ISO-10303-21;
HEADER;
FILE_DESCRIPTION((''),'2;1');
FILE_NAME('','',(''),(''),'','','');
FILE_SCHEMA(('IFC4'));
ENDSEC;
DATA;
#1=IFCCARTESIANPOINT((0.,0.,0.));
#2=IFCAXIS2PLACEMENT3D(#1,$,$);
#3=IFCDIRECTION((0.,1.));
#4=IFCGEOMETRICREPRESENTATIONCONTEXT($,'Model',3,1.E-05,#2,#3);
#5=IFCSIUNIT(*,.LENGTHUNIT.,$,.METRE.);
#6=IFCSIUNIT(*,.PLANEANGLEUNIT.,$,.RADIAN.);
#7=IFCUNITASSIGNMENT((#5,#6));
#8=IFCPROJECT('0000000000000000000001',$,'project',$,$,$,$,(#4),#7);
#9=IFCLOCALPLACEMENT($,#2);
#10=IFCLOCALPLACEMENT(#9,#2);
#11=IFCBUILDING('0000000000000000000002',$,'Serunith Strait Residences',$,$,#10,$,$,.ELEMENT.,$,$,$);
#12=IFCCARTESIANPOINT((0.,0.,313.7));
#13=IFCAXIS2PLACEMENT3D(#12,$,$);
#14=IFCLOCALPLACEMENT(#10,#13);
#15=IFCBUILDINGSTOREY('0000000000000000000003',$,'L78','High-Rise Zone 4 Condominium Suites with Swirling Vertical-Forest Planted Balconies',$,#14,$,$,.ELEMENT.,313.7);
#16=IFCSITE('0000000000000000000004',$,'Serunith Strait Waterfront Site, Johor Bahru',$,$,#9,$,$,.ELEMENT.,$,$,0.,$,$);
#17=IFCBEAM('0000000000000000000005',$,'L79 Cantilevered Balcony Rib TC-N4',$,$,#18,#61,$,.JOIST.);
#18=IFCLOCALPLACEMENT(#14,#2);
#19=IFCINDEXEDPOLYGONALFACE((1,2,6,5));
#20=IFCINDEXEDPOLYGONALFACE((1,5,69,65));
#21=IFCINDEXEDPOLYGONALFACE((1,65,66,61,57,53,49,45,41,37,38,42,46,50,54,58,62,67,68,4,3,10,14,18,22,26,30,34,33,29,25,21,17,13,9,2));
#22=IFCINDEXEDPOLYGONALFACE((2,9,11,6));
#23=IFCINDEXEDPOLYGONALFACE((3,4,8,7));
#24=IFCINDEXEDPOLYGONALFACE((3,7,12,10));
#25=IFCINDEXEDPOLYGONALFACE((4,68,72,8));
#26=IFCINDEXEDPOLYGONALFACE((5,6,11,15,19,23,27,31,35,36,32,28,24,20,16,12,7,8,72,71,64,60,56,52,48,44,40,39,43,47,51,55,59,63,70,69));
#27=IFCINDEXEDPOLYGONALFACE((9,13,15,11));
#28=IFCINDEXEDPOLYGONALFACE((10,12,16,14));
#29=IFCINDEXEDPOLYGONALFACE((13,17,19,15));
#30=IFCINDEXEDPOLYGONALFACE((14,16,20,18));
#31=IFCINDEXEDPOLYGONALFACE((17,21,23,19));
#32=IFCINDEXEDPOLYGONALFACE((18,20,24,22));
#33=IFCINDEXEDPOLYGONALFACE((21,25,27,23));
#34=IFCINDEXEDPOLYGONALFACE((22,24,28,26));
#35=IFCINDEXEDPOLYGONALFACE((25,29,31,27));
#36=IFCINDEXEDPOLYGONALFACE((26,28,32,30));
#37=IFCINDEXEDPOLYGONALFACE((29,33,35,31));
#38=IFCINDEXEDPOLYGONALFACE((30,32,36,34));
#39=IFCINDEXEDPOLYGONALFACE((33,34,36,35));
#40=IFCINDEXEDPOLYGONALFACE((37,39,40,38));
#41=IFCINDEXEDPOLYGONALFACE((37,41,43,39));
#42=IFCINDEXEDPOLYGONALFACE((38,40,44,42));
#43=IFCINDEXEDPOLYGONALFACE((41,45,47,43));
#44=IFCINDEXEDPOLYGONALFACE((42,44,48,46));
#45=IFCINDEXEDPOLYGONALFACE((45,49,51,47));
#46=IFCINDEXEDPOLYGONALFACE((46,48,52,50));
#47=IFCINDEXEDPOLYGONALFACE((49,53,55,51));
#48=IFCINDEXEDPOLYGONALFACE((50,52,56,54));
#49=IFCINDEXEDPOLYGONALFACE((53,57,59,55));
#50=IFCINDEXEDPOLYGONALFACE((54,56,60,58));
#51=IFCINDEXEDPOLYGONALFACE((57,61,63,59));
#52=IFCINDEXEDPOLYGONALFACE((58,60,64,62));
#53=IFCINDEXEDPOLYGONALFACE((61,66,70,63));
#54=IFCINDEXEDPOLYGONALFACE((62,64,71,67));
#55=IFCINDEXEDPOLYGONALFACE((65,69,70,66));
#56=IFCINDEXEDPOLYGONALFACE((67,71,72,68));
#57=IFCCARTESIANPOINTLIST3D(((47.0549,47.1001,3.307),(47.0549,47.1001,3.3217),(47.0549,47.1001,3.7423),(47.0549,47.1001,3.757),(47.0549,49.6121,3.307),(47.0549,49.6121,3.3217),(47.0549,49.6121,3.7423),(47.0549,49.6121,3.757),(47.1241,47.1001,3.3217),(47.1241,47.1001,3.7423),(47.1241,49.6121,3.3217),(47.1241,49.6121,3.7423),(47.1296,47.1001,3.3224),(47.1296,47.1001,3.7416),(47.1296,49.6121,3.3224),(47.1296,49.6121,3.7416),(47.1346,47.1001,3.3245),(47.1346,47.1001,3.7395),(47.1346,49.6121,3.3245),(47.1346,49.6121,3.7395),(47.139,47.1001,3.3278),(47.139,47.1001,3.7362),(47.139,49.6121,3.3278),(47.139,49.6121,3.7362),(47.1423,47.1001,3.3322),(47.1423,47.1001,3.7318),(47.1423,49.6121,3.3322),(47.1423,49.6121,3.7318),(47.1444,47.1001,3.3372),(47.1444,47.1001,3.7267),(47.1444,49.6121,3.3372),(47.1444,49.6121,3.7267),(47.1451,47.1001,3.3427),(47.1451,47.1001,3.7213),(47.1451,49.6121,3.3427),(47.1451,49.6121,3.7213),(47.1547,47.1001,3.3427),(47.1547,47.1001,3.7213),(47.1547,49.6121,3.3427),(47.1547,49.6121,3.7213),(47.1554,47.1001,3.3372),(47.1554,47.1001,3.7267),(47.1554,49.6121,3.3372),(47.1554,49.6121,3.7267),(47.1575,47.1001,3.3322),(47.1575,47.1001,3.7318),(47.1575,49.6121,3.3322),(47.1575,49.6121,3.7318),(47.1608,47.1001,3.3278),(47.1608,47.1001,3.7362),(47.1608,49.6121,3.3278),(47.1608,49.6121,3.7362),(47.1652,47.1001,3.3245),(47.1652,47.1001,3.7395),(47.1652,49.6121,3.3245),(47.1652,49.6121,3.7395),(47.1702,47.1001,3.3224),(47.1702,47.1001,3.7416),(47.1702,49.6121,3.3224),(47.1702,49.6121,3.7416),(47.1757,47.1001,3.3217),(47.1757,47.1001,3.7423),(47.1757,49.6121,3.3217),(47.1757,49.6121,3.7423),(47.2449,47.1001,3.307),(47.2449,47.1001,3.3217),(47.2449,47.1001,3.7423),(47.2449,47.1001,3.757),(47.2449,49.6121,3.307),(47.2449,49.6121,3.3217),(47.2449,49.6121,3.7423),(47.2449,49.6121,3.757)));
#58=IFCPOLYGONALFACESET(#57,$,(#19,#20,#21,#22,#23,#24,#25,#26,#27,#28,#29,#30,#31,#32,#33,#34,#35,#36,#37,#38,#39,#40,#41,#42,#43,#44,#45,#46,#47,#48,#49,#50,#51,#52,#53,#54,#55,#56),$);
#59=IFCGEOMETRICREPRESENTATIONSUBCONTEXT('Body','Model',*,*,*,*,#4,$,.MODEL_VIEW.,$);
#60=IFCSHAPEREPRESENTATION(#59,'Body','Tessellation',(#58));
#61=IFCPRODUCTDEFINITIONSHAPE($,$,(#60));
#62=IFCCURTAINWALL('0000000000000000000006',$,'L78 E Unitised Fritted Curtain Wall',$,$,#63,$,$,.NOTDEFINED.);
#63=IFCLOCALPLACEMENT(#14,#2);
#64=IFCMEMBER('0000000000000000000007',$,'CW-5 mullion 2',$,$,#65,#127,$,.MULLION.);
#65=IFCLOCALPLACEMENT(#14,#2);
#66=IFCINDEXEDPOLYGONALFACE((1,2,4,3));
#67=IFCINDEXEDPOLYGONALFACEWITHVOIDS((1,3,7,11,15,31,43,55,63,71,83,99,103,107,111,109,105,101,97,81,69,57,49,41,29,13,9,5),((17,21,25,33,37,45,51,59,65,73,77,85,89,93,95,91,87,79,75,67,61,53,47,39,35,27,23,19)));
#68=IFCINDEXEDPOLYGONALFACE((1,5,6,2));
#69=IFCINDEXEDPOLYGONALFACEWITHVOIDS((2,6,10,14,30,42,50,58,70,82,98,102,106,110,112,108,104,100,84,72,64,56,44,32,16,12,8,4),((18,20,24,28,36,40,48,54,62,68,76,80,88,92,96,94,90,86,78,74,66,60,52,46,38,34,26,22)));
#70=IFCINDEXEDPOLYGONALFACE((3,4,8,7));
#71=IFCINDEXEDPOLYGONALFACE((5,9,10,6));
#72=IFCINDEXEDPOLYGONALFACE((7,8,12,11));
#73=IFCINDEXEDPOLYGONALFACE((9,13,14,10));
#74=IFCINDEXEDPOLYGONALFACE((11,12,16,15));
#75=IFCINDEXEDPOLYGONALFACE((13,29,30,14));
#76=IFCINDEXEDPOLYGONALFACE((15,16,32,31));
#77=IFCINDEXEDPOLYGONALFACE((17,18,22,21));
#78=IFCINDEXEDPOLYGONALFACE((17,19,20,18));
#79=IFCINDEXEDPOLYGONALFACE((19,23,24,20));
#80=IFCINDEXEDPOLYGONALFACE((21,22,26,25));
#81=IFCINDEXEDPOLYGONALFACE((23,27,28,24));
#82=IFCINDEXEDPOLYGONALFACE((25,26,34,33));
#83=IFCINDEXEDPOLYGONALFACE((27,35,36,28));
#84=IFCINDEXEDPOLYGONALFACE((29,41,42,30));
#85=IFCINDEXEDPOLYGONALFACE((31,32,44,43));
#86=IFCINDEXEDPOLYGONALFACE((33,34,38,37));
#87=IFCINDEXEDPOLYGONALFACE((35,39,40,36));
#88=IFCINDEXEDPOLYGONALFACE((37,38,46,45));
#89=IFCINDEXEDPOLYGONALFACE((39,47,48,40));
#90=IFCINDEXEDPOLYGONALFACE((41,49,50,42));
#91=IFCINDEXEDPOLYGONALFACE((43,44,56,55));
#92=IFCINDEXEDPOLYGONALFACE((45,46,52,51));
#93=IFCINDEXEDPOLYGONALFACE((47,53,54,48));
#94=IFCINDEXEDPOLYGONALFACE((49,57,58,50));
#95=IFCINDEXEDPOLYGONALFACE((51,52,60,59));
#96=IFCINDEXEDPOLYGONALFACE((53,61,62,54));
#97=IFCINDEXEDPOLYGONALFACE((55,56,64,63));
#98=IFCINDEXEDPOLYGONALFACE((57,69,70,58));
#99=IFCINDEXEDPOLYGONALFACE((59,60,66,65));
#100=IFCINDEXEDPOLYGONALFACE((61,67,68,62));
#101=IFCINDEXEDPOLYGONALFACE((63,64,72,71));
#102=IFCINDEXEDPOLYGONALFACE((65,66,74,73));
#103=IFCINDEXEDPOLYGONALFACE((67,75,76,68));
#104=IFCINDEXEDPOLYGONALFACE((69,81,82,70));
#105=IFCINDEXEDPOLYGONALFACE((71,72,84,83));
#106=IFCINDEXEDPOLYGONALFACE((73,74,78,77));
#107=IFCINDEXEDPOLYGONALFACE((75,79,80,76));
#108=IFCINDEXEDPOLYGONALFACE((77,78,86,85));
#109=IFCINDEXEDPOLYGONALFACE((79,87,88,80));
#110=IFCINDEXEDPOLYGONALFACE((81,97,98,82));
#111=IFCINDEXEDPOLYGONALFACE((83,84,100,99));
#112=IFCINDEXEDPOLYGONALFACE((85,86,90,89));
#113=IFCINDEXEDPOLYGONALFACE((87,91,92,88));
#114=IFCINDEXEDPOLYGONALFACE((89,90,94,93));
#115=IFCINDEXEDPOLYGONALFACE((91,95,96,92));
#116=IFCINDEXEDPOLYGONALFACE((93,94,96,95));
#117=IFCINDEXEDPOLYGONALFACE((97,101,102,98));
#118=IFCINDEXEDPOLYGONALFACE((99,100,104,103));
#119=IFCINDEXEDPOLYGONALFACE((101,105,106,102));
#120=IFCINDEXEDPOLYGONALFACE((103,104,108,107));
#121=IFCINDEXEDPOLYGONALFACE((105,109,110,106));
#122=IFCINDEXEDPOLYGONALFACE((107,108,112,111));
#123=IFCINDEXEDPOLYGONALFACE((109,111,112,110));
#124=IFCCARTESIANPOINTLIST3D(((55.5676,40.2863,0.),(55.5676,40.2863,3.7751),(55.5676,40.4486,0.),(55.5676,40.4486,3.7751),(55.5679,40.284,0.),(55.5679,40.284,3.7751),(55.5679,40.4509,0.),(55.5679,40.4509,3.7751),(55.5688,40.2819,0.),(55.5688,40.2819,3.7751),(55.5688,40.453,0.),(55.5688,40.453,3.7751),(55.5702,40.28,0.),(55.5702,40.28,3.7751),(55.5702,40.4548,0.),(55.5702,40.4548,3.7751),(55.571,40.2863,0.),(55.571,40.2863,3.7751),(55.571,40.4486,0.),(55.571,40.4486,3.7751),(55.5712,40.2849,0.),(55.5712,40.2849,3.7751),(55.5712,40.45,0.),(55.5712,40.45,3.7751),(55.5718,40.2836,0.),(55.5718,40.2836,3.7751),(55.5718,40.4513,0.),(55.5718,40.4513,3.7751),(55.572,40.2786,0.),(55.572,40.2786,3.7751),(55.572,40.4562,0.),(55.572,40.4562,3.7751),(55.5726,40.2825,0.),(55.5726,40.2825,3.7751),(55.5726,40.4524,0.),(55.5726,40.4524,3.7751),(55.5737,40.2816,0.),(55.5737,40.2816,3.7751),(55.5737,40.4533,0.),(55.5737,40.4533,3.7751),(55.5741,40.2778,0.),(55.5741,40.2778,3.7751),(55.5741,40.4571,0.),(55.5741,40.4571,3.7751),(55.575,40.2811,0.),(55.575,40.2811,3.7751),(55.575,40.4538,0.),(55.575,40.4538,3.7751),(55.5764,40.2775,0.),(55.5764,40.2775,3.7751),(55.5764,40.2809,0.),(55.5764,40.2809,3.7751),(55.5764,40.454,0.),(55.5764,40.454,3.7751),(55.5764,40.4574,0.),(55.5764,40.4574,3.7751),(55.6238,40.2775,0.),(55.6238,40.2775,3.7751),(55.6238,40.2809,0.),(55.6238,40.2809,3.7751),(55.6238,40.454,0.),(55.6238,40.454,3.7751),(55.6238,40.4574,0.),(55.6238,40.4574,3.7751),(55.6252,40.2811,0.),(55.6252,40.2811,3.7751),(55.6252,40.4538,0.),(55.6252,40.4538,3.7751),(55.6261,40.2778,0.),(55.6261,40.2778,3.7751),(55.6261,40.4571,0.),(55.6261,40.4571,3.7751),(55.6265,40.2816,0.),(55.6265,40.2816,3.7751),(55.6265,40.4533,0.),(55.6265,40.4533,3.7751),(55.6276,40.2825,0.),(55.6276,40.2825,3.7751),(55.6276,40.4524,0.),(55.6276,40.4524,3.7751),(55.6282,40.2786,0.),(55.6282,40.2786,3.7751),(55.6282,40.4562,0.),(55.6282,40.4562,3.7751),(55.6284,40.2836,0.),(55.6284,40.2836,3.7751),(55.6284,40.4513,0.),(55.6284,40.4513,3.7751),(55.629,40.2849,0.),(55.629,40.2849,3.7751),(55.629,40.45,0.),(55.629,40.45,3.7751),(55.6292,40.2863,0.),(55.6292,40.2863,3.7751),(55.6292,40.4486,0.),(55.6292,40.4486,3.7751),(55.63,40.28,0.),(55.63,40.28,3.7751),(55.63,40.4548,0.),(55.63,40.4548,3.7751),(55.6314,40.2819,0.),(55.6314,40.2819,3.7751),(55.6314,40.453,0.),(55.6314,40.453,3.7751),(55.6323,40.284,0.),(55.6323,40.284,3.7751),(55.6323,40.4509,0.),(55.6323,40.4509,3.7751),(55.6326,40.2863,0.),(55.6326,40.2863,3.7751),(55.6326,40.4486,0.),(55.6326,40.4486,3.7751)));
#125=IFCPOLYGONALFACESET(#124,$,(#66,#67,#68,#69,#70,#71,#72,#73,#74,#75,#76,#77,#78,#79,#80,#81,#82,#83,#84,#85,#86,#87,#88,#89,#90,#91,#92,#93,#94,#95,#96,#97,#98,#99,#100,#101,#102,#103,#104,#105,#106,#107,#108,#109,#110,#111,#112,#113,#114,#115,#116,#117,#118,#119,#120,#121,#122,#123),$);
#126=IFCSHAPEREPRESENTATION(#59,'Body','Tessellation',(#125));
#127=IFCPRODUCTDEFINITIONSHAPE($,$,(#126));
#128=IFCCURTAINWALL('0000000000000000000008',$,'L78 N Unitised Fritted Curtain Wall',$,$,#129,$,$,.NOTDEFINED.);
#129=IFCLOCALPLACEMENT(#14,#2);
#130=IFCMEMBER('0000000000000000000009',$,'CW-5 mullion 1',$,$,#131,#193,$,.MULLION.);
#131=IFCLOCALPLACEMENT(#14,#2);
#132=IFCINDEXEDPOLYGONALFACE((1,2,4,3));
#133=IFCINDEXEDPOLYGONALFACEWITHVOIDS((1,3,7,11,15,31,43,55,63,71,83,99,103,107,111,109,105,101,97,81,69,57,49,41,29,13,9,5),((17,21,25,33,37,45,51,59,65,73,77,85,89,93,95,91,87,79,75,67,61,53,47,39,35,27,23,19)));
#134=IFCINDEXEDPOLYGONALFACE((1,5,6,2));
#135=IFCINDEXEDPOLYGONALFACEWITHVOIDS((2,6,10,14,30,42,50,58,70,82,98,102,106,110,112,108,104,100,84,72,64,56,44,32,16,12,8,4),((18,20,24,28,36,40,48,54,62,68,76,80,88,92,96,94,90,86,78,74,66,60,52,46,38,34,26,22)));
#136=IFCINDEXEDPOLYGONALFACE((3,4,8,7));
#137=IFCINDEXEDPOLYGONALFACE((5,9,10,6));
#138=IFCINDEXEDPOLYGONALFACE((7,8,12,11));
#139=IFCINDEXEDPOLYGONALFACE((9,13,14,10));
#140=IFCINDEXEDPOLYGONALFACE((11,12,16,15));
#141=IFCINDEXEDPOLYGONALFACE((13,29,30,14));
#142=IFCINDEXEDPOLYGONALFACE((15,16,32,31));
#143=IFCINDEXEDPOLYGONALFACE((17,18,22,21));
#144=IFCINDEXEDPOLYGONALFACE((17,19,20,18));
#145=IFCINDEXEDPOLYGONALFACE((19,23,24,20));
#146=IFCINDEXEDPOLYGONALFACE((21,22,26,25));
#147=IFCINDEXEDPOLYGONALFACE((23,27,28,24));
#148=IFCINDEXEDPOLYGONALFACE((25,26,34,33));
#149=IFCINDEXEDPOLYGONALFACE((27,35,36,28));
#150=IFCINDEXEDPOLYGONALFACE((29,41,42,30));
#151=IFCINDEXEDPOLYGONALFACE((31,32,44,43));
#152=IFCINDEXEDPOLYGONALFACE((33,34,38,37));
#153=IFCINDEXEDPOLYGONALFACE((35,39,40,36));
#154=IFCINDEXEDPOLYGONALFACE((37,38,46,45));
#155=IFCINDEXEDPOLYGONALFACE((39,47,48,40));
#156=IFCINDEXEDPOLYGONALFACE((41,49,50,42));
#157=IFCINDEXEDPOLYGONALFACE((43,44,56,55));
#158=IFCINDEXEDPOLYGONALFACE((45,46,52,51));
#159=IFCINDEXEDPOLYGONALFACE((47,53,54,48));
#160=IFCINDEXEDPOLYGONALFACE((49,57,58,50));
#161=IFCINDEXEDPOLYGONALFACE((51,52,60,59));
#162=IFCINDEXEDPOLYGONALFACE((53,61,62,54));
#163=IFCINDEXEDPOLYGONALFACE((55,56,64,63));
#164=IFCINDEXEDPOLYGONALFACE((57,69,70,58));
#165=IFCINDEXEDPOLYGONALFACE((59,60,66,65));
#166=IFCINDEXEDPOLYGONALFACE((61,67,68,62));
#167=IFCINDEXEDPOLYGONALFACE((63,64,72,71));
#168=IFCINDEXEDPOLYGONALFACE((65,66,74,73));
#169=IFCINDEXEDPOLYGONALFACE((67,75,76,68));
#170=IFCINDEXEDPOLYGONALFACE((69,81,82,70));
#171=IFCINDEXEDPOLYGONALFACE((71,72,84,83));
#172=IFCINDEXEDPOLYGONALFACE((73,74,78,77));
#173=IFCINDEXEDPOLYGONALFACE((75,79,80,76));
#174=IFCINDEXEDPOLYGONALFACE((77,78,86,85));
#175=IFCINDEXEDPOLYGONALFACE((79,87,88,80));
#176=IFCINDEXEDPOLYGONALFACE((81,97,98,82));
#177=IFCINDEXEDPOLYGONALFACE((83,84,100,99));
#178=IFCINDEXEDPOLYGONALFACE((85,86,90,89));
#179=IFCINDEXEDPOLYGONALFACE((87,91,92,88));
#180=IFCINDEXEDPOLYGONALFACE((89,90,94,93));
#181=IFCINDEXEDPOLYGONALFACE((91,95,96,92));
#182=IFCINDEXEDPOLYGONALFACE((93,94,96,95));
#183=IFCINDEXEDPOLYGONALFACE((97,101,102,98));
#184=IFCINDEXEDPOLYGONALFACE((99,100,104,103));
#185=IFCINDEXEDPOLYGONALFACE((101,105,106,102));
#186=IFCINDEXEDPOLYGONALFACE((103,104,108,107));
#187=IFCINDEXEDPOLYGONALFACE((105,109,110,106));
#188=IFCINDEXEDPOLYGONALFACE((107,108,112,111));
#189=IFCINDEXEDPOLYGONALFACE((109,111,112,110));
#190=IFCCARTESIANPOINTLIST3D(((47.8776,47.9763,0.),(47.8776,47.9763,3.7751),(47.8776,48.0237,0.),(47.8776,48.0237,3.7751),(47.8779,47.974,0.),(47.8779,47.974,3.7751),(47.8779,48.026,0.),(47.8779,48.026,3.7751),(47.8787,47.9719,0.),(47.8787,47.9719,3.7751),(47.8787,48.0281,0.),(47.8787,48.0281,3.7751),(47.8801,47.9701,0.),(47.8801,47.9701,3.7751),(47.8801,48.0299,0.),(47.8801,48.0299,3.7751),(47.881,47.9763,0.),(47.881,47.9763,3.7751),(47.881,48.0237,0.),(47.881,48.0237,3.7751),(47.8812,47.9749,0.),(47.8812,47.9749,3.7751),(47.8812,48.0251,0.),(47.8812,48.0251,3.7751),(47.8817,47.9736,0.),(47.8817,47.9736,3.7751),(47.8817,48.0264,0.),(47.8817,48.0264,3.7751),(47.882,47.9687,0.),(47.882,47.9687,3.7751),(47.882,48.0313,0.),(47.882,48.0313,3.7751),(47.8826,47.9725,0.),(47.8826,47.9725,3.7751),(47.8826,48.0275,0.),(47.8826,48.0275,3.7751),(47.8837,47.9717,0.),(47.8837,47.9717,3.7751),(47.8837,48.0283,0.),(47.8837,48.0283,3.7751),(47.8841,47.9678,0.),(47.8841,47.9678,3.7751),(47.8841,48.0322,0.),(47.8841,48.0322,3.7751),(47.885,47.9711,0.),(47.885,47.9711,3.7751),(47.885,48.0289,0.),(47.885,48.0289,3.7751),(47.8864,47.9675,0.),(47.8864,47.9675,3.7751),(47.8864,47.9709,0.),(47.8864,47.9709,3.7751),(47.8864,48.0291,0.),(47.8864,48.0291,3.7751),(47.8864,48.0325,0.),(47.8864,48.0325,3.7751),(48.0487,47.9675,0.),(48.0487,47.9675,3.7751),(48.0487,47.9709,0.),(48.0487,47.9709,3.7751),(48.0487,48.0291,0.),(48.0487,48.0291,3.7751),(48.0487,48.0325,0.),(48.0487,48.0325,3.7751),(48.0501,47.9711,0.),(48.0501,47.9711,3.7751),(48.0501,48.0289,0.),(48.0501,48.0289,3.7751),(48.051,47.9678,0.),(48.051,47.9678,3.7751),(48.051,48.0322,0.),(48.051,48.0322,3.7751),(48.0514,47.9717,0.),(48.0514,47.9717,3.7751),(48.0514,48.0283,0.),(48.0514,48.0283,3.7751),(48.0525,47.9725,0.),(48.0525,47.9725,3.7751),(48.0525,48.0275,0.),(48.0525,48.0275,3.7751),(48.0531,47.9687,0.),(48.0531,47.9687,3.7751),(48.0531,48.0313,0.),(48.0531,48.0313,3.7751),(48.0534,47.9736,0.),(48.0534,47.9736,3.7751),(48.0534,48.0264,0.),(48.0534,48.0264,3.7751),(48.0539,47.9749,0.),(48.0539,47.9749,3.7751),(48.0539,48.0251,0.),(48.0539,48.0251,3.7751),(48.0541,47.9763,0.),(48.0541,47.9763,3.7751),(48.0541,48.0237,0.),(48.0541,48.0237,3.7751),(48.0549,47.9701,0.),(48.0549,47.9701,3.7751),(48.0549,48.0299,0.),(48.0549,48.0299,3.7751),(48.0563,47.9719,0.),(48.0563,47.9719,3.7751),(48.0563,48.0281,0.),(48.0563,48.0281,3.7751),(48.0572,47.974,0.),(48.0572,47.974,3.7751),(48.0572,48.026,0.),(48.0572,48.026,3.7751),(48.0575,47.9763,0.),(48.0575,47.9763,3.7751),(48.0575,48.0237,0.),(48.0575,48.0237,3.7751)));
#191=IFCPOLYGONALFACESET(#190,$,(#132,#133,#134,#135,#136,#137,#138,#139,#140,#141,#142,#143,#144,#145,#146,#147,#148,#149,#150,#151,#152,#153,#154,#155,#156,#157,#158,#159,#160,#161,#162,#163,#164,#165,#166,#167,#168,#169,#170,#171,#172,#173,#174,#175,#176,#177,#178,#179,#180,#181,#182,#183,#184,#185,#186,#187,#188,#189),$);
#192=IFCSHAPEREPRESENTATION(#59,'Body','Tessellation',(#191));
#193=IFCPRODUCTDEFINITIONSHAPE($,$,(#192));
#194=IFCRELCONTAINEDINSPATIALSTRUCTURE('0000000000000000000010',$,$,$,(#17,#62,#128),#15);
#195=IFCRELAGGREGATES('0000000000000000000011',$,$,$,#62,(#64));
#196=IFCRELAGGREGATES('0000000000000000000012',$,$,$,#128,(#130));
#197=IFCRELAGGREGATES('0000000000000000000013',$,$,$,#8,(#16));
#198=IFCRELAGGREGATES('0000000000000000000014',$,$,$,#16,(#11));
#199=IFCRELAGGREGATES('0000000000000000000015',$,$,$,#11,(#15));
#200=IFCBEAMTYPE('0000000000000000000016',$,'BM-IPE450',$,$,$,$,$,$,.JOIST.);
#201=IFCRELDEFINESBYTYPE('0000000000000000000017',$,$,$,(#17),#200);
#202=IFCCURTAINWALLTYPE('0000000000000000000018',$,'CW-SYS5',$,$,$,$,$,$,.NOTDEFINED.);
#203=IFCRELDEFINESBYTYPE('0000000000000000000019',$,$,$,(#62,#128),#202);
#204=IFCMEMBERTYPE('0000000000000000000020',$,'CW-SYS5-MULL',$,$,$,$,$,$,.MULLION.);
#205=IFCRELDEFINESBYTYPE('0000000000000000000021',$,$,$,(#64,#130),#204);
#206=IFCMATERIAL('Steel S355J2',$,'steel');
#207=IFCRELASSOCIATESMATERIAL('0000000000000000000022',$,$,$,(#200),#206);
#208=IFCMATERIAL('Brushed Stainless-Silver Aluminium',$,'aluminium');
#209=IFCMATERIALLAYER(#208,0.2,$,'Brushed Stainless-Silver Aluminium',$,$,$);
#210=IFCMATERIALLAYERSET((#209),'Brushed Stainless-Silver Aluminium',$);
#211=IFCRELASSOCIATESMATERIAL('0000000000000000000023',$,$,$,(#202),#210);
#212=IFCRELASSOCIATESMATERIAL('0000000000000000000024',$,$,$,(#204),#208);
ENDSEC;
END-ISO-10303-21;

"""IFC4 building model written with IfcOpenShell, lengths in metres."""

from ifc_helpers import new_model, si_unit, direction, frame, origin, origin_2d, place, context, subcontext, project, spatial, hollow_rectangle, i_section, extrude, source, transform, mapped, material, layer, layer_set, material_profile, profile_set, type_object, element, aggregate, save


model = new_model("IFC4")

# Units and contexts
model_context = context("Model", 3, precision=1e-05, world=origin(), true_north=direction((0.0, 1.0)))
body_context = subcontext(model_context, "Body", "Model", "MODEL_VIEW")
ifc_project = project(units=[si_unit("LENGTHUNIT", "METRE"), si_unit("PLANEANGLEUNIT", "RADIAN")], contexts=[model_context])

# Site, building, storey
site_placement = place(None, origin())
site = spatial("IfcSite", under=ifc_project, at=site_placement, Name="Serunith Strait Waterfront Site, Johor Bahru", CompositionType="ELEMENT", RefElevation=0.0)
building_placement = place(site_placement, origin())
building = spatial("IfcBuilding", under=site, at=building_placement, Name="Serunith Strait Residences", CompositionType="ELEMENT")
storey_placement = place(building_placement, frame((0.0, 0.0, 313.7)))
storey = spatial("IfcBuildingStorey", under=building, at=storey_placement, Name="L78", Description="High-Rise Zone 4 Condominium Suites with Swirling Vertical-Forest Planted Balconies", CompositionType="ELEMENT", Elevation=313.7)

# Beam
ifc_material_1 = material(Name="Steel S355J2", Category="steel")
ifc_material_profile_1 = material_profile(ifc_material_1, i_section(OverallWidth=0.1899, OverallDepth=0.45, WebThickness=0.0095, FlangeThickness=0.0146, FilletRadius=0.021, at=origin_2d()), Name="IPE 450")
ifc_profile_set_1 = profile_set([ifc_material_profile_1], Name="Steel S355J2")
beam_type_1 = type_object("IfcBeamType", Name="BM-IPE450", PredefinedType="JOIST", material=ifc_profile_set_1)
shared_shape_1 = source(origin(), body_context, "Body", "SweptSolid", [
    extrude(i_section(OverallWidth=0.1899, OverallDepth=0.45, WebThickness=0.0095, FlangeThickness=0.0146, FilletRadius=0.021, at=origin_2d()), origin(), (0.0, 0.0, 1.0), 2.512),
])
beam_1_placement = place(storey_placement, frame((47.1499, 47.1001, 3.532), z_axis=(0.0, 1.0, 0.0), x_axis=(-1.0, 0.0, 0.0)))
element("IfcBeam", 1, at=beam_1_placement, inside=storey, type_object=beam_type_1, Name="L79 Cantilevered Balcony Rib TC-N4", PredefinedType="JOIST", context=body_context, shape_type="MappedRepresentation", body=[
    mapped(shared_shape_1, transform((0.0, 0.0, 0.0), scale=1.0)),
])

# Curtain wall, member
ifc_material_2 = material(Name="Brushed Stainless-Silver Aluminium", Category="aluminium")
ifc_layer_1 = layer(ifc_material_2, 0.2, Name="Brushed Stainless-Silver Aluminium")
ifc_layer_set_1 = layer_set([ifc_layer_1], Name="Brushed Stainless-Silver Aluminium")
curtain_wall_type = type_object("IfcCurtainWallType", Name="CW-SYS5", PredefinedType="NOTDEFINED", material=ifc_layer_set_1)
curtain_wall_1_placement = place(storey_placement, origin())
curtain_wall_1 = element("IfcCurtainWall", 2, at=curtain_wall_1_placement, inside=storey, type_object=curtain_wall_type, Name="L78 E Unitised Fritted Curtain Wall", PredefinedType="NOTDEFINED")
ifc_material_profile_2 = material_profile(ifc_material_2, hollow_rectangle(XDim=0.0649, YDim=0.1799, WallThickness=0.0034, InnerFilletRadius=0.0054, OuterFilletRadius=0.0088, at=origin_2d()), Name="ALU 180x65x3.5")
ifc_profile_set_2 = profile_set([ifc_material_profile_2], Name="Brushed Stainless-Silver Aluminium")
member_type_1 = type_object("IfcMemberType", Name="CW-SYS5-MULL", PredefinedType="MULLION", material=ifc_profile_set_2)
shared_shape_2 = source(origin(), body_context, "Body", "SweptSolid", [
    extrude(hollow_rectangle(XDim=0.0649, YDim=0.1799, WallThickness=0.0034, InnerFilletRadius=0.0054, OuterFilletRadius=0.0088, at=origin_2d()), origin(), (0.0, 0.0, 1.0), 3.7751),
])
member_1_placement = place(storey_placement, frame((55.6001, 40.3674, 0.0), z_axis=(0.0, 0.0, 1.0), x_axis=(-1.0, 0.0, 0.0)))
member_1 = element("IfcMember", 3, at=member_1_placement, type_object=member_type_1, Name="CW-5 mullion 2", PredefinedType="MULLION", context=body_context, shape_type="MappedRepresentation", body=[
    mapped(shared_shape_2, transform((0.0, 0.0, 0.0), scale=1.0)),
])
aggregate(curtain_wall_1, [member_1])

# Curtain wall, member
curtain_wall_2_placement = place(storey_placement, origin())
curtain_wall_2 = element("IfcCurtainWall", 4, at=curtain_wall_2_placement, inside=storey, type_object=curtain_wall_type, Name="L78 N Unitised Fritted Curtain Wall", PredefinedType="NOTDEFINED")
member_2_placement = place(storey_placement, frame((47.9675, 48.0, 0.0), z_axis=(0.0, 0.0, 1.0), x_axis=(0.0, -1.0, 0.0)))
member_2 = element("IfcMember", 5, at=member_2_placement, type_object=member_type_1, Name="CW-5 mullion 1", PredefinedType="MULLION", context=body_context, shape_type="MappedRepresentation", body=[
    mapped(shared_shape_2, transform((0.0, 0.0, 0.0), scale=1.0)),
])
aggregate(curtain_wall_2, [member_2])

save(model, "model.ifc")
